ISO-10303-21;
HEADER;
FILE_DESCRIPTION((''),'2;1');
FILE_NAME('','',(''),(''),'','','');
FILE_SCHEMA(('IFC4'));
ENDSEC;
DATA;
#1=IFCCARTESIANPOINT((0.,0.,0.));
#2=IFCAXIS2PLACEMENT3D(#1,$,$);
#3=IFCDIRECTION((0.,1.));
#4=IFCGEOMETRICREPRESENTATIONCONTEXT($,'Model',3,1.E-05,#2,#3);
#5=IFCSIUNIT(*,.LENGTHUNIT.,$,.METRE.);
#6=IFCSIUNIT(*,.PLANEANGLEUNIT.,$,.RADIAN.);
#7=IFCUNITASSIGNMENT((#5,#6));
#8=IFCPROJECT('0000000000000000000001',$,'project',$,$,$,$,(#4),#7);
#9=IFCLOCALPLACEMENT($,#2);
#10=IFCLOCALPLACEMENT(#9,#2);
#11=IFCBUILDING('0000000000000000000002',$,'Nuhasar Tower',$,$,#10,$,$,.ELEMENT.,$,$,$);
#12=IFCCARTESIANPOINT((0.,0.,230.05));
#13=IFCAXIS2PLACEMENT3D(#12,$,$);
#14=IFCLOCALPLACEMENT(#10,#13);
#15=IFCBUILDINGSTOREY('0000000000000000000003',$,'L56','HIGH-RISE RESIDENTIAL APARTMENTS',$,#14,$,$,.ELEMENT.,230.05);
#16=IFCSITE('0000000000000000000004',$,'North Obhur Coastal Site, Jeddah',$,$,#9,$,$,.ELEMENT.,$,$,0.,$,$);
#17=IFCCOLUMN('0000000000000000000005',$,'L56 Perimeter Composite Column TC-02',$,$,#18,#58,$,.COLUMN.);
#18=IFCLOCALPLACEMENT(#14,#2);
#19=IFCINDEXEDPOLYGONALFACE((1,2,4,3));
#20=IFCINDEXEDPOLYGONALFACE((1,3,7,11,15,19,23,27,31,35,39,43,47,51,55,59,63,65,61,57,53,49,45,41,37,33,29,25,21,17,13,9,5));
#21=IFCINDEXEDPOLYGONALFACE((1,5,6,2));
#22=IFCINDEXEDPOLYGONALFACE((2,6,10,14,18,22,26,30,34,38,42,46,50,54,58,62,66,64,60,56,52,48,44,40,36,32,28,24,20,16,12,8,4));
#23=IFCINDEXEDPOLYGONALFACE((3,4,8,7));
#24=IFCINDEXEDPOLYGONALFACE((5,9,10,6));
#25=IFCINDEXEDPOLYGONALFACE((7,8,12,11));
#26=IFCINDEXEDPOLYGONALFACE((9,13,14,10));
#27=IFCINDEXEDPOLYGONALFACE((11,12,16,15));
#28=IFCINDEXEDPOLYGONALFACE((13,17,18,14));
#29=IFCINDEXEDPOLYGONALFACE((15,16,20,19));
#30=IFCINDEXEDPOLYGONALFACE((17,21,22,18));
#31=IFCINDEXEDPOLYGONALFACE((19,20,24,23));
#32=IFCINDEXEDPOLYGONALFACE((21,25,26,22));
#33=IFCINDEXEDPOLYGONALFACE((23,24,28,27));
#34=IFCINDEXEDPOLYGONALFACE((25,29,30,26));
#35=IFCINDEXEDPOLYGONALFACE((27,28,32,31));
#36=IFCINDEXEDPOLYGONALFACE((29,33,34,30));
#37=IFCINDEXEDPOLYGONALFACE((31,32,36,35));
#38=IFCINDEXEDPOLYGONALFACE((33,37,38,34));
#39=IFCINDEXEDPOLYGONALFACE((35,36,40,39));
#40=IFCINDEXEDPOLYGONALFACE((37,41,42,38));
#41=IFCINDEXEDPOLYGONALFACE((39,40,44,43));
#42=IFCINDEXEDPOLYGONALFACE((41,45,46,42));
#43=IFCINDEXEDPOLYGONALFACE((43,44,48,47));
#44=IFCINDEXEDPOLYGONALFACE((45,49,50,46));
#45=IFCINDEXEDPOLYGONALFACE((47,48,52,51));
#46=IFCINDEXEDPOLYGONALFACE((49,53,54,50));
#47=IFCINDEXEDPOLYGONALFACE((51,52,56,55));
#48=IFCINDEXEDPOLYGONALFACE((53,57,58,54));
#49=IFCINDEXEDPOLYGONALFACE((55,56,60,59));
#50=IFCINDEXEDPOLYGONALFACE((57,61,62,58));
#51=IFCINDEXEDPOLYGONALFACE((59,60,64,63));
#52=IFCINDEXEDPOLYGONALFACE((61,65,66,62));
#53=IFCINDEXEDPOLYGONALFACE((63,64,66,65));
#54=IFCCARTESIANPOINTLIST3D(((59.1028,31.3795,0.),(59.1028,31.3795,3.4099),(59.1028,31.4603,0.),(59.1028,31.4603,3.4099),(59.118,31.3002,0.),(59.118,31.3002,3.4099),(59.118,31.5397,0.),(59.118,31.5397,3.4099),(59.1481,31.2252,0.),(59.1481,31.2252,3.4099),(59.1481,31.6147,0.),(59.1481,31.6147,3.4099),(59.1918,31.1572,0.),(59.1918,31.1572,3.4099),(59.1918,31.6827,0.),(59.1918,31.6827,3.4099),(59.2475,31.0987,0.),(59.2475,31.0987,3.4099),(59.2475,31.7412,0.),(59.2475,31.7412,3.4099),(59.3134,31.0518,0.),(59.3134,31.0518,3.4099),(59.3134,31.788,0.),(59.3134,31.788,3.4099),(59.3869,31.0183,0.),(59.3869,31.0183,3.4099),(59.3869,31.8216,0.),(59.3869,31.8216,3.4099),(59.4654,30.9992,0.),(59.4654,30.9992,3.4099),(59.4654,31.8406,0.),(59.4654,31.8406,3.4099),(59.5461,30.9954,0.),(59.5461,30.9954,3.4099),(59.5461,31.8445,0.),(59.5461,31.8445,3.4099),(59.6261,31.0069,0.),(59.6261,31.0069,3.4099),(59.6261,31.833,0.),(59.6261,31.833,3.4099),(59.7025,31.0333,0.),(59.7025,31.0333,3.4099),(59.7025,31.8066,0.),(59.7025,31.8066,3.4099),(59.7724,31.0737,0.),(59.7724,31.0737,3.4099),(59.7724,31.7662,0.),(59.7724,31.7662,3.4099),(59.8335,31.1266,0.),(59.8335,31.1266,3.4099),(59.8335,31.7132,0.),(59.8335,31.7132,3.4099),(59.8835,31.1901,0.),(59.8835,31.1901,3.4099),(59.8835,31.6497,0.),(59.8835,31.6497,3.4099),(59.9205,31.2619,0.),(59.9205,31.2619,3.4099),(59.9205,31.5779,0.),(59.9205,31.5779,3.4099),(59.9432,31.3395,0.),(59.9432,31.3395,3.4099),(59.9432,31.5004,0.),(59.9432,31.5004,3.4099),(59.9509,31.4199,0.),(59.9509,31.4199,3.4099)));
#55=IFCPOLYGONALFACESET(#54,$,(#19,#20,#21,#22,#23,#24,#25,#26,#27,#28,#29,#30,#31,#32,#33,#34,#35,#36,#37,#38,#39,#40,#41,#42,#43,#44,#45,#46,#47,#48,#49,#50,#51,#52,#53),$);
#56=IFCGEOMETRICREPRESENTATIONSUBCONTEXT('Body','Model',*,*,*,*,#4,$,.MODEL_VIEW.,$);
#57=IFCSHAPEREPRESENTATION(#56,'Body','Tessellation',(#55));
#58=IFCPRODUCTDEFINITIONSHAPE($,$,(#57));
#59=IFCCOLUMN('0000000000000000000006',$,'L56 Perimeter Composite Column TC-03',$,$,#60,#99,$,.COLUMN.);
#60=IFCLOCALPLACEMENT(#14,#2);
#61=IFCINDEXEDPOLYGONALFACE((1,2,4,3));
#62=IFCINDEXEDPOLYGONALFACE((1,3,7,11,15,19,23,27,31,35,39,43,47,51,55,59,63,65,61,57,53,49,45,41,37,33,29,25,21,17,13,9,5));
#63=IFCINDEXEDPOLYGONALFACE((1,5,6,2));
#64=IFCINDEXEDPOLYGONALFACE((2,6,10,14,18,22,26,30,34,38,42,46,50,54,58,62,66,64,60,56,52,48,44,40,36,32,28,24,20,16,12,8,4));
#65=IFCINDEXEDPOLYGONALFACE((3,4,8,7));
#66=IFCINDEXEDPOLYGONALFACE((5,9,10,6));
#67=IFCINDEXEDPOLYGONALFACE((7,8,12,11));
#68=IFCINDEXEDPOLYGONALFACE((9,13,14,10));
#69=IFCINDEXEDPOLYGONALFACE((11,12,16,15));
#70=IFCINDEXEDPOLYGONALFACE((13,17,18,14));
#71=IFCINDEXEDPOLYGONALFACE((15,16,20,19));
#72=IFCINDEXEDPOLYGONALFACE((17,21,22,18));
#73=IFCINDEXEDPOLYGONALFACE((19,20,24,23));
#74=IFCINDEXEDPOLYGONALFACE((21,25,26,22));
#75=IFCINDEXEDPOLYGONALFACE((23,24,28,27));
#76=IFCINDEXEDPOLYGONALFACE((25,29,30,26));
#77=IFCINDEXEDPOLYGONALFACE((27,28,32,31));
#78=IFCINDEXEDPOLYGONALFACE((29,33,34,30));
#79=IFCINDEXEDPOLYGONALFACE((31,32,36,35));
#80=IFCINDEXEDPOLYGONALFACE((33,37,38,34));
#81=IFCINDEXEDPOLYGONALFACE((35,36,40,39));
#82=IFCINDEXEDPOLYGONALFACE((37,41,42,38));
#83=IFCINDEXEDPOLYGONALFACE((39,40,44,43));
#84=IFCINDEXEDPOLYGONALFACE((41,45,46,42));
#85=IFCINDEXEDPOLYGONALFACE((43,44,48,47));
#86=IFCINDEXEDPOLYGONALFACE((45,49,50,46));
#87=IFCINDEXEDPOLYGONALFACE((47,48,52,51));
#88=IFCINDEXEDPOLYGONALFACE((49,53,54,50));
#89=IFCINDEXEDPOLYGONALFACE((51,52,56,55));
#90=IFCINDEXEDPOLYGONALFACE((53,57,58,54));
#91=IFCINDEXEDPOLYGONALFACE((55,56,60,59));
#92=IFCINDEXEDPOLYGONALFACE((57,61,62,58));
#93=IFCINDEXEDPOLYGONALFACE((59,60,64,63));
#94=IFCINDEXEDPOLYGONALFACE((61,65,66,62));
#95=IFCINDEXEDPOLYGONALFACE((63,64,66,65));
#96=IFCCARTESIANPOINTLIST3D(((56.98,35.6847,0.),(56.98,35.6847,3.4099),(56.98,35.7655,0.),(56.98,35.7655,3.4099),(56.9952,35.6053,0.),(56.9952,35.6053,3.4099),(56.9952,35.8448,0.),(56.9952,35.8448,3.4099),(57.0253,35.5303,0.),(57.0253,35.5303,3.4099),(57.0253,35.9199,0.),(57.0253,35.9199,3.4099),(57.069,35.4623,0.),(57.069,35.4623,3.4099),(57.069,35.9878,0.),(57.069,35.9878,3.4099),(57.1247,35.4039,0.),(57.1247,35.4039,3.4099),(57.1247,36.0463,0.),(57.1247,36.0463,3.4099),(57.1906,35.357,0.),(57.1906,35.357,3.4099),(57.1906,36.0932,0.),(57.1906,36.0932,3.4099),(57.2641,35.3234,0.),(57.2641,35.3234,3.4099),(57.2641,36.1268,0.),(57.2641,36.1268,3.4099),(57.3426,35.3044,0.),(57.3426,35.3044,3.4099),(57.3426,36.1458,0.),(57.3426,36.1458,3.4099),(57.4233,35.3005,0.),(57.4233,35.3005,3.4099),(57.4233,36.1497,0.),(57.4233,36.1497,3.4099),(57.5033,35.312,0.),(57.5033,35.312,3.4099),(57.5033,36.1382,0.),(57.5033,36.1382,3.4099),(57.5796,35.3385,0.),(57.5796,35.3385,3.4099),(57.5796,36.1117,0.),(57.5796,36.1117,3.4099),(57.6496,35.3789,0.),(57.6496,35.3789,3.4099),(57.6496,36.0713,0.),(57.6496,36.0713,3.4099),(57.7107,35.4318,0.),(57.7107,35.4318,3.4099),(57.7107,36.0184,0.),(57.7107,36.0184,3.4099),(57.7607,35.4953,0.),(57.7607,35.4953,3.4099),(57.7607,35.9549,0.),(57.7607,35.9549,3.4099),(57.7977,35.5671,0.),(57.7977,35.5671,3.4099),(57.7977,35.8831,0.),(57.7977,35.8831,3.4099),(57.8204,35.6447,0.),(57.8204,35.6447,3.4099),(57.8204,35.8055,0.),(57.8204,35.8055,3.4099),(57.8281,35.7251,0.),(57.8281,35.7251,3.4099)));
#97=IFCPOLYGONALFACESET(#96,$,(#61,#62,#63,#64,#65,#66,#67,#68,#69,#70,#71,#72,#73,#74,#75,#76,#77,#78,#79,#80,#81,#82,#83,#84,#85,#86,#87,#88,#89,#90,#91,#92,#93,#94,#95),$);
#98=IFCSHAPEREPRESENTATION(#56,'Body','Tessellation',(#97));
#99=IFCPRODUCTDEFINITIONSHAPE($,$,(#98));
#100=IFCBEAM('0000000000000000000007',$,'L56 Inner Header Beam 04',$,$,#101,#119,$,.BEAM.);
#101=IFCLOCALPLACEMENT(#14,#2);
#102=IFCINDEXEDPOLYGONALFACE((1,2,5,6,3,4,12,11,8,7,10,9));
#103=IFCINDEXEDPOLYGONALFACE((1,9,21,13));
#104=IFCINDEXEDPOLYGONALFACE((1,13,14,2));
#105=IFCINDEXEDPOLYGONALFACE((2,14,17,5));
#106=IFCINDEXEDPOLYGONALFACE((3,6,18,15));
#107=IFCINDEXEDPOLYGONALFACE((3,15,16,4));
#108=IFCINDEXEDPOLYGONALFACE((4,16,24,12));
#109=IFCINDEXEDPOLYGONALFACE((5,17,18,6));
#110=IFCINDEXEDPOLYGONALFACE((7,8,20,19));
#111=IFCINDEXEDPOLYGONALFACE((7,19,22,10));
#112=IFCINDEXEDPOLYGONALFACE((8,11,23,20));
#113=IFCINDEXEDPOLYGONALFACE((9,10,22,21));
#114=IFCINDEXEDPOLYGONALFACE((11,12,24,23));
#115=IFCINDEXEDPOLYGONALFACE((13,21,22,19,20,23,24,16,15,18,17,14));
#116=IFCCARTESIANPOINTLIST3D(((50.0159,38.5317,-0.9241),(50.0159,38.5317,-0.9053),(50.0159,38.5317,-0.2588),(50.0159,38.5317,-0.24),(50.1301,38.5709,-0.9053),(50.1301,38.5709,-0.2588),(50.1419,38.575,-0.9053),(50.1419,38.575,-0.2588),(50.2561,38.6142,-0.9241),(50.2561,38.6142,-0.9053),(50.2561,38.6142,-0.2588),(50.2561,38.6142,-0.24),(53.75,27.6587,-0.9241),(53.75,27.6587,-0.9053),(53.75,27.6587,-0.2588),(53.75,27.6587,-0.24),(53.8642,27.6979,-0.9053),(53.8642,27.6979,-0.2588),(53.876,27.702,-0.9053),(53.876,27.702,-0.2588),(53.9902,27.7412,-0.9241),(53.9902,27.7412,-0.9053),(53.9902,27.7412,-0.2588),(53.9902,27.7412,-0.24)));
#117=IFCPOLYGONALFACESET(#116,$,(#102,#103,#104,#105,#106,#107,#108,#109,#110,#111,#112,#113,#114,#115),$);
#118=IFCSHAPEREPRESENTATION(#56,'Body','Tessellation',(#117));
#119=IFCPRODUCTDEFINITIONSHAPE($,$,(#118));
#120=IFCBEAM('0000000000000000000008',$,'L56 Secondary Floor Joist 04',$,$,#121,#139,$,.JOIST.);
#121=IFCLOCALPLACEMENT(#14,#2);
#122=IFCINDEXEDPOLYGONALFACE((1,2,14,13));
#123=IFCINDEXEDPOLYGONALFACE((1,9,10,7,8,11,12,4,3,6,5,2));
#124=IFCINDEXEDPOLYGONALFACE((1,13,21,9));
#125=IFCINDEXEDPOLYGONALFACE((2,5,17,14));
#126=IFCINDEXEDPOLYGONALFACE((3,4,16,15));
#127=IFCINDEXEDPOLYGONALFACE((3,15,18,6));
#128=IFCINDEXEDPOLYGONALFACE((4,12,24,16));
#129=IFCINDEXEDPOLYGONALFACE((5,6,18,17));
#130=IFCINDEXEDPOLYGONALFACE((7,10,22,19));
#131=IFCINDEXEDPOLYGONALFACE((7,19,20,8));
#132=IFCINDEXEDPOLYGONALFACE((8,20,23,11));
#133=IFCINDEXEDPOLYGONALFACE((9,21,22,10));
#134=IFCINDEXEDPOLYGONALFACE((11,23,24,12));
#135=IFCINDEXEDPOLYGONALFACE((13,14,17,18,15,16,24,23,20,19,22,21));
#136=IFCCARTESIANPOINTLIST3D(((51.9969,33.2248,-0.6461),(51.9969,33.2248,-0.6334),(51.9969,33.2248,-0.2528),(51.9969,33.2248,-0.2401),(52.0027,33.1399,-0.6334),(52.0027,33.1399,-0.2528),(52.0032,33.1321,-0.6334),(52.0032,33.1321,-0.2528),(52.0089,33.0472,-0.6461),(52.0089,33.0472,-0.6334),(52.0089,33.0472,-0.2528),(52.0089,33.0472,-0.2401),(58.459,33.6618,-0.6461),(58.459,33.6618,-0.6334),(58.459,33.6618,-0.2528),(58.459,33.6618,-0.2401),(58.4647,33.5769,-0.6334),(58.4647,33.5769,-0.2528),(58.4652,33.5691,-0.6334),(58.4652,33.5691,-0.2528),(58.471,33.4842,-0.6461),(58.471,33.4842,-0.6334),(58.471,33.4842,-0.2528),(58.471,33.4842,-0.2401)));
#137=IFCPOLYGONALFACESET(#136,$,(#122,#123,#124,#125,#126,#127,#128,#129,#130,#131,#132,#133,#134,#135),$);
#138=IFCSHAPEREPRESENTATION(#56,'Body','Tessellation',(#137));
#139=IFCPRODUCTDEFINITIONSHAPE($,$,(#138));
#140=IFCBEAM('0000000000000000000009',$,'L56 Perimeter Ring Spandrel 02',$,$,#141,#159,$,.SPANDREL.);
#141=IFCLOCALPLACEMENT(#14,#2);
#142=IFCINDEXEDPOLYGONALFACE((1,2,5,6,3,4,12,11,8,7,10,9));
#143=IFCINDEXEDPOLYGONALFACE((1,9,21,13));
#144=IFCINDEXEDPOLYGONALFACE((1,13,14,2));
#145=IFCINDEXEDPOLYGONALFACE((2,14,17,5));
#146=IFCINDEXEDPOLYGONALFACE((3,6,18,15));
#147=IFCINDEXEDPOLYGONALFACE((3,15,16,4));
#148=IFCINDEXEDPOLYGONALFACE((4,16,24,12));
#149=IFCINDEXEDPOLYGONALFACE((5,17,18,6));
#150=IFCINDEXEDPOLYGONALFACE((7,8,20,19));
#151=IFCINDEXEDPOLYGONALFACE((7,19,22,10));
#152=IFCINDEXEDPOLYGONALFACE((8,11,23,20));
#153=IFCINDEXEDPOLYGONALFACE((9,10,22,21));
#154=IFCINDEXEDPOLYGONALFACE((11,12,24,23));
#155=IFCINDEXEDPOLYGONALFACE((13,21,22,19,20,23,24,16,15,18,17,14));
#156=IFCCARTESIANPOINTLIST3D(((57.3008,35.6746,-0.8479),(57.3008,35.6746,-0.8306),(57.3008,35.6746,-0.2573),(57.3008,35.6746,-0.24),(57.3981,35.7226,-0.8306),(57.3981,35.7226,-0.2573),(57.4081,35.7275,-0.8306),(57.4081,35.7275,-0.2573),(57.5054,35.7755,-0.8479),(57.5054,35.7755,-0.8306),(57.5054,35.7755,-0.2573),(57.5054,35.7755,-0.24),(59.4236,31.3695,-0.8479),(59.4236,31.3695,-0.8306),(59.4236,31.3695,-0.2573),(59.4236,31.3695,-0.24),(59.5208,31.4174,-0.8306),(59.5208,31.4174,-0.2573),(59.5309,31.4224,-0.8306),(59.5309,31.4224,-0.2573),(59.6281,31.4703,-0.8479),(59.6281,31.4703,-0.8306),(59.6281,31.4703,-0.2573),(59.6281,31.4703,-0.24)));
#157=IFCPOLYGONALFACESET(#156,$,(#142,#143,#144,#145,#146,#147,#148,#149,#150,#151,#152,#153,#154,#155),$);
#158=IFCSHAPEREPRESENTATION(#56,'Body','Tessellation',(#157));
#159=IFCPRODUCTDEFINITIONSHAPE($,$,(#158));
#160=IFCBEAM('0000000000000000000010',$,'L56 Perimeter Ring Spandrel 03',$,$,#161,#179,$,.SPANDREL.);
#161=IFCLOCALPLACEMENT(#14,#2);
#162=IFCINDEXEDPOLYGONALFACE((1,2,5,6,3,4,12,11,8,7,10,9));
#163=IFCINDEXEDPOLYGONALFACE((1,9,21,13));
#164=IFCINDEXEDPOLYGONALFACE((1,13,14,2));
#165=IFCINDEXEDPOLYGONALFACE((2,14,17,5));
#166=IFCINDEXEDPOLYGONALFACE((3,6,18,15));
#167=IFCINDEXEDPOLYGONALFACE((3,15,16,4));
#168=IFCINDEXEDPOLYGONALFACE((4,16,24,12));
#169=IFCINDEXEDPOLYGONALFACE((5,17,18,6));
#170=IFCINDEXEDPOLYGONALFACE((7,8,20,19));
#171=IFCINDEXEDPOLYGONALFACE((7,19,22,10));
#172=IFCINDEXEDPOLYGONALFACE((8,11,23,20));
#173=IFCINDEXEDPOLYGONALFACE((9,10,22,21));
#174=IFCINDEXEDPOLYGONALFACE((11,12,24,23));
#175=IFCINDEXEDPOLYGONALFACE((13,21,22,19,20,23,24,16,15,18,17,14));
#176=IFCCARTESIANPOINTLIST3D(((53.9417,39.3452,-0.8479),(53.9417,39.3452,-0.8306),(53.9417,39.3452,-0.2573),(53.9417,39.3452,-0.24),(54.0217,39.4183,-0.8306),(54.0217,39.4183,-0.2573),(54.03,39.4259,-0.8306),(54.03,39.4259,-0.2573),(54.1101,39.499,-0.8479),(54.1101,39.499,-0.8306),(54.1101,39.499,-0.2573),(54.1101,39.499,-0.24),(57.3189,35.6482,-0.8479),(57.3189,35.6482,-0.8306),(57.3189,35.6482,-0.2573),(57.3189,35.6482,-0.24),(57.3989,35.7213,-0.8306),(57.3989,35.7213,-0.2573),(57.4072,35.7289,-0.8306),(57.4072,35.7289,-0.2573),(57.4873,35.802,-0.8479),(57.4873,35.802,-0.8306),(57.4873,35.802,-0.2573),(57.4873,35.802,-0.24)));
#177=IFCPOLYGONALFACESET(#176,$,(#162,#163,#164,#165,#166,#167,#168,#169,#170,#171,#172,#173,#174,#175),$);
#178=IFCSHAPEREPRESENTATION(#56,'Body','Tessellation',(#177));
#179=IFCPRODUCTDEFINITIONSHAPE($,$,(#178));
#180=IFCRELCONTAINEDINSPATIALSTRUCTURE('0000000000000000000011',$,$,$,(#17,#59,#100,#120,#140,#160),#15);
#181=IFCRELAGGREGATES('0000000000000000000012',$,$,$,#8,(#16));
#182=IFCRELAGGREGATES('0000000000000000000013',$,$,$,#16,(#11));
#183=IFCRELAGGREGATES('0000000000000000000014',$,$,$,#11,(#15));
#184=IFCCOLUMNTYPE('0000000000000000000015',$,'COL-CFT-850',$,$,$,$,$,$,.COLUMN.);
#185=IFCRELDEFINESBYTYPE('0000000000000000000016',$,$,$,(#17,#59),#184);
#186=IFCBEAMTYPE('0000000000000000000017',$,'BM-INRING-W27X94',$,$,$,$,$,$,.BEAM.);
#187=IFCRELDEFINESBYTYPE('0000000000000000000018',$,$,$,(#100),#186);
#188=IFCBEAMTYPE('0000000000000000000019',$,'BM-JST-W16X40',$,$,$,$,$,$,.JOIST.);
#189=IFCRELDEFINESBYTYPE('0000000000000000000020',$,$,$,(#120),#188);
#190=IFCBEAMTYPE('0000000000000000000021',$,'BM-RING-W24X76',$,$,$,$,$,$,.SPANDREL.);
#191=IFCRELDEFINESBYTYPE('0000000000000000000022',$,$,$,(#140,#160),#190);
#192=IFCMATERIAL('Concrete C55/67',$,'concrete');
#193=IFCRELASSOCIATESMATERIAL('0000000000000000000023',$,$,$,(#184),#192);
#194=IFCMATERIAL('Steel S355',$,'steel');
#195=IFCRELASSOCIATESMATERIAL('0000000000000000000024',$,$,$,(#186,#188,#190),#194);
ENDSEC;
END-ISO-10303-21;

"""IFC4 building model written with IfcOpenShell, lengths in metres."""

from ifc_helpers import new_model, si_unit, direction, frame, origin, origin_2d, place, context, subcontext, project, spatial, circle, i_section, extrude, material, material_profile, profile_set, type_object, element, save


model = new_model("IFC4")

# Units and contexts
model_context = context("Model", 3, precision=1e-05, world=origin(), true_north=direction((0.0, 1.0)))
body_context = subcontext(model_context, "Body", "Model", "MODEL_VIEW")
ifc_project = project(units=[si_unit("LENGTHUNIT", "METRE"), si_unit("PLANEANGLEUNIT", "RADIAN")], contexts=[model_context])

# Site, building, storey
site_placement = place(None, origin())
site = spatial("IfcSite", under=ifc_project, at=site_placement, Name="North Obhur Coastal Site, Jeddah", CompositionType="ELEMENT", RefElevation=0.0)
building_placement = place(site_placement, origin())
building = spatial("IfcBuilding", under=site, at=building_placement, Name="Nuhasar Tower", CompositionType="ELEMENT")
storey_placement = place(building_placement, frame((0.0, 0.0, 230.05)))
storey = spatial("IfcBuildingStorey", under=building, at=storey_placement, Name="L56", Description="HIGH-RISE RESIDENTIAL APARTMENTS", CompositionType="ELEMENT", Elevation=230.05)

# Columns
ifc_material_1 = material(Name="Concrete C55/67", Category="concrete")
ifc_material_profile_1 = material_profile(ifc_material_1, circle(Radius=0.425, at=origin_2d()), Name="CFT850")
ifc_profile_set_1 = profile_set([ifc_material_profile_1], Name="Concrete C55/67")
column_type = type_object("IfcColumnType", Name="COL-CFT-850", PredefinedType="COLUMN", material=ifc_profile_set_1)
for number, where, z_axis, x_axis, name in (
    (1, (59.5259, 31.4199, 0.0), (0.0, 0.0, 1.0), (1.0, 0.0, 0.0), "L56 Perimeter Composite Column TC-02"),
    (2, (57.4031, 35.7251, 0.0), (0.0, 0.0, 1.0), (1.0, 0.0, 0.0), "L56 Perimeter Composite Column TC-03"),
):
    element("IfcColumn", number, at=place(storey_placement, frame(where, z_axis=z_axis, x_axis=x_axis)), inside=storey, type_object=column_type, Name=name, PredefinedType="COLUMN", context=body_context, shape_type="SweptSolid", body=[
        extrude(circle(Radius=0.425, at=origin_2d()), origin(), (0.0, 0.0, 1.0), 3.4099),
    ])

# Beams
ifc_material_2 = material(Name="Steel S355", Category="steel")
ifc_material_profile_2 = material_profile(ifc_material_2, i_section(OverallWidth=0.2539, OverallDepth=0.6841, WebThickness=0.0125, FlangeThickness=0.0188, at=origin_2d()), Name="W27X94")
ifc_profile_set_2 = profile_set([ifc_material_profile_2], Name="Steel S355")
beam_type_1 = type_object("IfcBeamType", Name="BM-INRING-W27X94", PredefinedType="BEAM", material=ifc_profile_set_2)
beam_1_placement = place(storey_placement, frame((53.8701, 27.7, -0.582), z_axis=(-0.324809, 0.94578, 0.0), x_axis=(-0.94578, -0.324809, 0.0)))
element("IfcBeam", 3, at=beam_1_placement, inside=storey, type_object=beam_type_1, Name="L56 Inner Header Beam 04", PredefinedType="BEAM", context=body_context, shape_type="SweptSolid", body=[
    extrude(i_section(OverallWidth=0.2539, OverallDepth=0.6841, WebThickness=0.0125, FlangeThickness=0.0188, at=origin_2d()), origin(), (0.0, 0.0, 1.0), 11.4963),
])
ifc_material_profile_3 = material_profile(ifc_material_2, i_section(OverallWidth=0.178, OverallDepth=0.406, WebThickness=0.0078, FlangeThickness=0.0127, at=origin_2d()), Name="W16X40")
ifc_profile_set_3 = profile_set([ifc_material_profile_3], Name="Steel S355")
beam_type_2 = type_object("IfcBeamType", Name="BM-JST-W16X40", PredefinedType="JOIST", material=ifc_profile_set_3)
beam_2_placement = place(storey_placement, frame((52.0029, 33.136, -0.4431), z_axis=(0.997721, 0.067472, 0.0), x_axis=(-0.067472, 0.997721, 0.0)))
element("IfcBeam", 4, at=beam_2_placement, inside=storey, type_object=beam_type_2, Name="L56 Secondary Floor Joist 04", PredefinedType="JOIST", context=body_context, shape_type="SweptSolid", body=[
    extrude(i_section(OverallWidth=0.178, OverallDepth=0.406, WebThickness=0.0078, FlangeThickness=0.0127, at=origin_2d()), origin(), (0.0, 0.0, 1.0), 6.4768),
])
ifc_material_profile_4 = material_profile(ifc_material_2, i_section(OverallWidth=0.228, OverallDepth=0.6079, WebThickness=0.0112, FlangeThickness=0.0173, at=origin_2d()), Name="W24X76")
ifc_profile_set_4 = profile_set([ifc_material_profile_4], Name="Steel S355")
beam_type_3 = type_object("IfcBeamType", Name="BM-RING-W24X76", PredefinedType="SPANDREL", material=ifc_profile_set_4)
beam_3_placement = place(storey_placement, frame((59.5259, 31.4199, -0.5439), z_axis=(-0.442243, 0.896895, 0.0), x_axis=(-0.896895, -0.442243, 0.0)))
element("IfcBeam", 5, at=beam_3_placement, inside=storey, type_object=beam_type_3, Name="L56 Perimeter Ring Spandrel 02", PredefinedType="SPANDREL", context=body_context, shape_type="SweptSolid", body=[
    extrude(i_section(OverallWidth=0.228, OverallDepth=0.6079, WebThickness=0.0112, FlangeThickness=0.0173, at=origin_2d()), origin(), (0.0, 0.0, 1.0), 4.8),
])
beam_4_placement = place(storey_placement, frame((57.4031, 35.7251, -0.5439), z_axis=(-0.67445, 0.738321, 0.0), x_axis=(-0.738321, -0.67445, 0.0)))
element("IfcBeam", 6, at=beam_4_placement, inside=storey, type_object=beam_type_3, Name="L56 Perimeter Ring Spandrel 03", PredefinedType="SPANDREL", context=body_context, shape_type="SweptSolid", body=[
    extrude(i_section(OverallWidth=0.228, OverallDepth=0.6079, WebThickness=0.0112, FlangeThickness=0.0173, at=origin_2d()), origin(), (0.0, 0.0, 1.0), 5.0073),
])

save(model, "model.ifc")
